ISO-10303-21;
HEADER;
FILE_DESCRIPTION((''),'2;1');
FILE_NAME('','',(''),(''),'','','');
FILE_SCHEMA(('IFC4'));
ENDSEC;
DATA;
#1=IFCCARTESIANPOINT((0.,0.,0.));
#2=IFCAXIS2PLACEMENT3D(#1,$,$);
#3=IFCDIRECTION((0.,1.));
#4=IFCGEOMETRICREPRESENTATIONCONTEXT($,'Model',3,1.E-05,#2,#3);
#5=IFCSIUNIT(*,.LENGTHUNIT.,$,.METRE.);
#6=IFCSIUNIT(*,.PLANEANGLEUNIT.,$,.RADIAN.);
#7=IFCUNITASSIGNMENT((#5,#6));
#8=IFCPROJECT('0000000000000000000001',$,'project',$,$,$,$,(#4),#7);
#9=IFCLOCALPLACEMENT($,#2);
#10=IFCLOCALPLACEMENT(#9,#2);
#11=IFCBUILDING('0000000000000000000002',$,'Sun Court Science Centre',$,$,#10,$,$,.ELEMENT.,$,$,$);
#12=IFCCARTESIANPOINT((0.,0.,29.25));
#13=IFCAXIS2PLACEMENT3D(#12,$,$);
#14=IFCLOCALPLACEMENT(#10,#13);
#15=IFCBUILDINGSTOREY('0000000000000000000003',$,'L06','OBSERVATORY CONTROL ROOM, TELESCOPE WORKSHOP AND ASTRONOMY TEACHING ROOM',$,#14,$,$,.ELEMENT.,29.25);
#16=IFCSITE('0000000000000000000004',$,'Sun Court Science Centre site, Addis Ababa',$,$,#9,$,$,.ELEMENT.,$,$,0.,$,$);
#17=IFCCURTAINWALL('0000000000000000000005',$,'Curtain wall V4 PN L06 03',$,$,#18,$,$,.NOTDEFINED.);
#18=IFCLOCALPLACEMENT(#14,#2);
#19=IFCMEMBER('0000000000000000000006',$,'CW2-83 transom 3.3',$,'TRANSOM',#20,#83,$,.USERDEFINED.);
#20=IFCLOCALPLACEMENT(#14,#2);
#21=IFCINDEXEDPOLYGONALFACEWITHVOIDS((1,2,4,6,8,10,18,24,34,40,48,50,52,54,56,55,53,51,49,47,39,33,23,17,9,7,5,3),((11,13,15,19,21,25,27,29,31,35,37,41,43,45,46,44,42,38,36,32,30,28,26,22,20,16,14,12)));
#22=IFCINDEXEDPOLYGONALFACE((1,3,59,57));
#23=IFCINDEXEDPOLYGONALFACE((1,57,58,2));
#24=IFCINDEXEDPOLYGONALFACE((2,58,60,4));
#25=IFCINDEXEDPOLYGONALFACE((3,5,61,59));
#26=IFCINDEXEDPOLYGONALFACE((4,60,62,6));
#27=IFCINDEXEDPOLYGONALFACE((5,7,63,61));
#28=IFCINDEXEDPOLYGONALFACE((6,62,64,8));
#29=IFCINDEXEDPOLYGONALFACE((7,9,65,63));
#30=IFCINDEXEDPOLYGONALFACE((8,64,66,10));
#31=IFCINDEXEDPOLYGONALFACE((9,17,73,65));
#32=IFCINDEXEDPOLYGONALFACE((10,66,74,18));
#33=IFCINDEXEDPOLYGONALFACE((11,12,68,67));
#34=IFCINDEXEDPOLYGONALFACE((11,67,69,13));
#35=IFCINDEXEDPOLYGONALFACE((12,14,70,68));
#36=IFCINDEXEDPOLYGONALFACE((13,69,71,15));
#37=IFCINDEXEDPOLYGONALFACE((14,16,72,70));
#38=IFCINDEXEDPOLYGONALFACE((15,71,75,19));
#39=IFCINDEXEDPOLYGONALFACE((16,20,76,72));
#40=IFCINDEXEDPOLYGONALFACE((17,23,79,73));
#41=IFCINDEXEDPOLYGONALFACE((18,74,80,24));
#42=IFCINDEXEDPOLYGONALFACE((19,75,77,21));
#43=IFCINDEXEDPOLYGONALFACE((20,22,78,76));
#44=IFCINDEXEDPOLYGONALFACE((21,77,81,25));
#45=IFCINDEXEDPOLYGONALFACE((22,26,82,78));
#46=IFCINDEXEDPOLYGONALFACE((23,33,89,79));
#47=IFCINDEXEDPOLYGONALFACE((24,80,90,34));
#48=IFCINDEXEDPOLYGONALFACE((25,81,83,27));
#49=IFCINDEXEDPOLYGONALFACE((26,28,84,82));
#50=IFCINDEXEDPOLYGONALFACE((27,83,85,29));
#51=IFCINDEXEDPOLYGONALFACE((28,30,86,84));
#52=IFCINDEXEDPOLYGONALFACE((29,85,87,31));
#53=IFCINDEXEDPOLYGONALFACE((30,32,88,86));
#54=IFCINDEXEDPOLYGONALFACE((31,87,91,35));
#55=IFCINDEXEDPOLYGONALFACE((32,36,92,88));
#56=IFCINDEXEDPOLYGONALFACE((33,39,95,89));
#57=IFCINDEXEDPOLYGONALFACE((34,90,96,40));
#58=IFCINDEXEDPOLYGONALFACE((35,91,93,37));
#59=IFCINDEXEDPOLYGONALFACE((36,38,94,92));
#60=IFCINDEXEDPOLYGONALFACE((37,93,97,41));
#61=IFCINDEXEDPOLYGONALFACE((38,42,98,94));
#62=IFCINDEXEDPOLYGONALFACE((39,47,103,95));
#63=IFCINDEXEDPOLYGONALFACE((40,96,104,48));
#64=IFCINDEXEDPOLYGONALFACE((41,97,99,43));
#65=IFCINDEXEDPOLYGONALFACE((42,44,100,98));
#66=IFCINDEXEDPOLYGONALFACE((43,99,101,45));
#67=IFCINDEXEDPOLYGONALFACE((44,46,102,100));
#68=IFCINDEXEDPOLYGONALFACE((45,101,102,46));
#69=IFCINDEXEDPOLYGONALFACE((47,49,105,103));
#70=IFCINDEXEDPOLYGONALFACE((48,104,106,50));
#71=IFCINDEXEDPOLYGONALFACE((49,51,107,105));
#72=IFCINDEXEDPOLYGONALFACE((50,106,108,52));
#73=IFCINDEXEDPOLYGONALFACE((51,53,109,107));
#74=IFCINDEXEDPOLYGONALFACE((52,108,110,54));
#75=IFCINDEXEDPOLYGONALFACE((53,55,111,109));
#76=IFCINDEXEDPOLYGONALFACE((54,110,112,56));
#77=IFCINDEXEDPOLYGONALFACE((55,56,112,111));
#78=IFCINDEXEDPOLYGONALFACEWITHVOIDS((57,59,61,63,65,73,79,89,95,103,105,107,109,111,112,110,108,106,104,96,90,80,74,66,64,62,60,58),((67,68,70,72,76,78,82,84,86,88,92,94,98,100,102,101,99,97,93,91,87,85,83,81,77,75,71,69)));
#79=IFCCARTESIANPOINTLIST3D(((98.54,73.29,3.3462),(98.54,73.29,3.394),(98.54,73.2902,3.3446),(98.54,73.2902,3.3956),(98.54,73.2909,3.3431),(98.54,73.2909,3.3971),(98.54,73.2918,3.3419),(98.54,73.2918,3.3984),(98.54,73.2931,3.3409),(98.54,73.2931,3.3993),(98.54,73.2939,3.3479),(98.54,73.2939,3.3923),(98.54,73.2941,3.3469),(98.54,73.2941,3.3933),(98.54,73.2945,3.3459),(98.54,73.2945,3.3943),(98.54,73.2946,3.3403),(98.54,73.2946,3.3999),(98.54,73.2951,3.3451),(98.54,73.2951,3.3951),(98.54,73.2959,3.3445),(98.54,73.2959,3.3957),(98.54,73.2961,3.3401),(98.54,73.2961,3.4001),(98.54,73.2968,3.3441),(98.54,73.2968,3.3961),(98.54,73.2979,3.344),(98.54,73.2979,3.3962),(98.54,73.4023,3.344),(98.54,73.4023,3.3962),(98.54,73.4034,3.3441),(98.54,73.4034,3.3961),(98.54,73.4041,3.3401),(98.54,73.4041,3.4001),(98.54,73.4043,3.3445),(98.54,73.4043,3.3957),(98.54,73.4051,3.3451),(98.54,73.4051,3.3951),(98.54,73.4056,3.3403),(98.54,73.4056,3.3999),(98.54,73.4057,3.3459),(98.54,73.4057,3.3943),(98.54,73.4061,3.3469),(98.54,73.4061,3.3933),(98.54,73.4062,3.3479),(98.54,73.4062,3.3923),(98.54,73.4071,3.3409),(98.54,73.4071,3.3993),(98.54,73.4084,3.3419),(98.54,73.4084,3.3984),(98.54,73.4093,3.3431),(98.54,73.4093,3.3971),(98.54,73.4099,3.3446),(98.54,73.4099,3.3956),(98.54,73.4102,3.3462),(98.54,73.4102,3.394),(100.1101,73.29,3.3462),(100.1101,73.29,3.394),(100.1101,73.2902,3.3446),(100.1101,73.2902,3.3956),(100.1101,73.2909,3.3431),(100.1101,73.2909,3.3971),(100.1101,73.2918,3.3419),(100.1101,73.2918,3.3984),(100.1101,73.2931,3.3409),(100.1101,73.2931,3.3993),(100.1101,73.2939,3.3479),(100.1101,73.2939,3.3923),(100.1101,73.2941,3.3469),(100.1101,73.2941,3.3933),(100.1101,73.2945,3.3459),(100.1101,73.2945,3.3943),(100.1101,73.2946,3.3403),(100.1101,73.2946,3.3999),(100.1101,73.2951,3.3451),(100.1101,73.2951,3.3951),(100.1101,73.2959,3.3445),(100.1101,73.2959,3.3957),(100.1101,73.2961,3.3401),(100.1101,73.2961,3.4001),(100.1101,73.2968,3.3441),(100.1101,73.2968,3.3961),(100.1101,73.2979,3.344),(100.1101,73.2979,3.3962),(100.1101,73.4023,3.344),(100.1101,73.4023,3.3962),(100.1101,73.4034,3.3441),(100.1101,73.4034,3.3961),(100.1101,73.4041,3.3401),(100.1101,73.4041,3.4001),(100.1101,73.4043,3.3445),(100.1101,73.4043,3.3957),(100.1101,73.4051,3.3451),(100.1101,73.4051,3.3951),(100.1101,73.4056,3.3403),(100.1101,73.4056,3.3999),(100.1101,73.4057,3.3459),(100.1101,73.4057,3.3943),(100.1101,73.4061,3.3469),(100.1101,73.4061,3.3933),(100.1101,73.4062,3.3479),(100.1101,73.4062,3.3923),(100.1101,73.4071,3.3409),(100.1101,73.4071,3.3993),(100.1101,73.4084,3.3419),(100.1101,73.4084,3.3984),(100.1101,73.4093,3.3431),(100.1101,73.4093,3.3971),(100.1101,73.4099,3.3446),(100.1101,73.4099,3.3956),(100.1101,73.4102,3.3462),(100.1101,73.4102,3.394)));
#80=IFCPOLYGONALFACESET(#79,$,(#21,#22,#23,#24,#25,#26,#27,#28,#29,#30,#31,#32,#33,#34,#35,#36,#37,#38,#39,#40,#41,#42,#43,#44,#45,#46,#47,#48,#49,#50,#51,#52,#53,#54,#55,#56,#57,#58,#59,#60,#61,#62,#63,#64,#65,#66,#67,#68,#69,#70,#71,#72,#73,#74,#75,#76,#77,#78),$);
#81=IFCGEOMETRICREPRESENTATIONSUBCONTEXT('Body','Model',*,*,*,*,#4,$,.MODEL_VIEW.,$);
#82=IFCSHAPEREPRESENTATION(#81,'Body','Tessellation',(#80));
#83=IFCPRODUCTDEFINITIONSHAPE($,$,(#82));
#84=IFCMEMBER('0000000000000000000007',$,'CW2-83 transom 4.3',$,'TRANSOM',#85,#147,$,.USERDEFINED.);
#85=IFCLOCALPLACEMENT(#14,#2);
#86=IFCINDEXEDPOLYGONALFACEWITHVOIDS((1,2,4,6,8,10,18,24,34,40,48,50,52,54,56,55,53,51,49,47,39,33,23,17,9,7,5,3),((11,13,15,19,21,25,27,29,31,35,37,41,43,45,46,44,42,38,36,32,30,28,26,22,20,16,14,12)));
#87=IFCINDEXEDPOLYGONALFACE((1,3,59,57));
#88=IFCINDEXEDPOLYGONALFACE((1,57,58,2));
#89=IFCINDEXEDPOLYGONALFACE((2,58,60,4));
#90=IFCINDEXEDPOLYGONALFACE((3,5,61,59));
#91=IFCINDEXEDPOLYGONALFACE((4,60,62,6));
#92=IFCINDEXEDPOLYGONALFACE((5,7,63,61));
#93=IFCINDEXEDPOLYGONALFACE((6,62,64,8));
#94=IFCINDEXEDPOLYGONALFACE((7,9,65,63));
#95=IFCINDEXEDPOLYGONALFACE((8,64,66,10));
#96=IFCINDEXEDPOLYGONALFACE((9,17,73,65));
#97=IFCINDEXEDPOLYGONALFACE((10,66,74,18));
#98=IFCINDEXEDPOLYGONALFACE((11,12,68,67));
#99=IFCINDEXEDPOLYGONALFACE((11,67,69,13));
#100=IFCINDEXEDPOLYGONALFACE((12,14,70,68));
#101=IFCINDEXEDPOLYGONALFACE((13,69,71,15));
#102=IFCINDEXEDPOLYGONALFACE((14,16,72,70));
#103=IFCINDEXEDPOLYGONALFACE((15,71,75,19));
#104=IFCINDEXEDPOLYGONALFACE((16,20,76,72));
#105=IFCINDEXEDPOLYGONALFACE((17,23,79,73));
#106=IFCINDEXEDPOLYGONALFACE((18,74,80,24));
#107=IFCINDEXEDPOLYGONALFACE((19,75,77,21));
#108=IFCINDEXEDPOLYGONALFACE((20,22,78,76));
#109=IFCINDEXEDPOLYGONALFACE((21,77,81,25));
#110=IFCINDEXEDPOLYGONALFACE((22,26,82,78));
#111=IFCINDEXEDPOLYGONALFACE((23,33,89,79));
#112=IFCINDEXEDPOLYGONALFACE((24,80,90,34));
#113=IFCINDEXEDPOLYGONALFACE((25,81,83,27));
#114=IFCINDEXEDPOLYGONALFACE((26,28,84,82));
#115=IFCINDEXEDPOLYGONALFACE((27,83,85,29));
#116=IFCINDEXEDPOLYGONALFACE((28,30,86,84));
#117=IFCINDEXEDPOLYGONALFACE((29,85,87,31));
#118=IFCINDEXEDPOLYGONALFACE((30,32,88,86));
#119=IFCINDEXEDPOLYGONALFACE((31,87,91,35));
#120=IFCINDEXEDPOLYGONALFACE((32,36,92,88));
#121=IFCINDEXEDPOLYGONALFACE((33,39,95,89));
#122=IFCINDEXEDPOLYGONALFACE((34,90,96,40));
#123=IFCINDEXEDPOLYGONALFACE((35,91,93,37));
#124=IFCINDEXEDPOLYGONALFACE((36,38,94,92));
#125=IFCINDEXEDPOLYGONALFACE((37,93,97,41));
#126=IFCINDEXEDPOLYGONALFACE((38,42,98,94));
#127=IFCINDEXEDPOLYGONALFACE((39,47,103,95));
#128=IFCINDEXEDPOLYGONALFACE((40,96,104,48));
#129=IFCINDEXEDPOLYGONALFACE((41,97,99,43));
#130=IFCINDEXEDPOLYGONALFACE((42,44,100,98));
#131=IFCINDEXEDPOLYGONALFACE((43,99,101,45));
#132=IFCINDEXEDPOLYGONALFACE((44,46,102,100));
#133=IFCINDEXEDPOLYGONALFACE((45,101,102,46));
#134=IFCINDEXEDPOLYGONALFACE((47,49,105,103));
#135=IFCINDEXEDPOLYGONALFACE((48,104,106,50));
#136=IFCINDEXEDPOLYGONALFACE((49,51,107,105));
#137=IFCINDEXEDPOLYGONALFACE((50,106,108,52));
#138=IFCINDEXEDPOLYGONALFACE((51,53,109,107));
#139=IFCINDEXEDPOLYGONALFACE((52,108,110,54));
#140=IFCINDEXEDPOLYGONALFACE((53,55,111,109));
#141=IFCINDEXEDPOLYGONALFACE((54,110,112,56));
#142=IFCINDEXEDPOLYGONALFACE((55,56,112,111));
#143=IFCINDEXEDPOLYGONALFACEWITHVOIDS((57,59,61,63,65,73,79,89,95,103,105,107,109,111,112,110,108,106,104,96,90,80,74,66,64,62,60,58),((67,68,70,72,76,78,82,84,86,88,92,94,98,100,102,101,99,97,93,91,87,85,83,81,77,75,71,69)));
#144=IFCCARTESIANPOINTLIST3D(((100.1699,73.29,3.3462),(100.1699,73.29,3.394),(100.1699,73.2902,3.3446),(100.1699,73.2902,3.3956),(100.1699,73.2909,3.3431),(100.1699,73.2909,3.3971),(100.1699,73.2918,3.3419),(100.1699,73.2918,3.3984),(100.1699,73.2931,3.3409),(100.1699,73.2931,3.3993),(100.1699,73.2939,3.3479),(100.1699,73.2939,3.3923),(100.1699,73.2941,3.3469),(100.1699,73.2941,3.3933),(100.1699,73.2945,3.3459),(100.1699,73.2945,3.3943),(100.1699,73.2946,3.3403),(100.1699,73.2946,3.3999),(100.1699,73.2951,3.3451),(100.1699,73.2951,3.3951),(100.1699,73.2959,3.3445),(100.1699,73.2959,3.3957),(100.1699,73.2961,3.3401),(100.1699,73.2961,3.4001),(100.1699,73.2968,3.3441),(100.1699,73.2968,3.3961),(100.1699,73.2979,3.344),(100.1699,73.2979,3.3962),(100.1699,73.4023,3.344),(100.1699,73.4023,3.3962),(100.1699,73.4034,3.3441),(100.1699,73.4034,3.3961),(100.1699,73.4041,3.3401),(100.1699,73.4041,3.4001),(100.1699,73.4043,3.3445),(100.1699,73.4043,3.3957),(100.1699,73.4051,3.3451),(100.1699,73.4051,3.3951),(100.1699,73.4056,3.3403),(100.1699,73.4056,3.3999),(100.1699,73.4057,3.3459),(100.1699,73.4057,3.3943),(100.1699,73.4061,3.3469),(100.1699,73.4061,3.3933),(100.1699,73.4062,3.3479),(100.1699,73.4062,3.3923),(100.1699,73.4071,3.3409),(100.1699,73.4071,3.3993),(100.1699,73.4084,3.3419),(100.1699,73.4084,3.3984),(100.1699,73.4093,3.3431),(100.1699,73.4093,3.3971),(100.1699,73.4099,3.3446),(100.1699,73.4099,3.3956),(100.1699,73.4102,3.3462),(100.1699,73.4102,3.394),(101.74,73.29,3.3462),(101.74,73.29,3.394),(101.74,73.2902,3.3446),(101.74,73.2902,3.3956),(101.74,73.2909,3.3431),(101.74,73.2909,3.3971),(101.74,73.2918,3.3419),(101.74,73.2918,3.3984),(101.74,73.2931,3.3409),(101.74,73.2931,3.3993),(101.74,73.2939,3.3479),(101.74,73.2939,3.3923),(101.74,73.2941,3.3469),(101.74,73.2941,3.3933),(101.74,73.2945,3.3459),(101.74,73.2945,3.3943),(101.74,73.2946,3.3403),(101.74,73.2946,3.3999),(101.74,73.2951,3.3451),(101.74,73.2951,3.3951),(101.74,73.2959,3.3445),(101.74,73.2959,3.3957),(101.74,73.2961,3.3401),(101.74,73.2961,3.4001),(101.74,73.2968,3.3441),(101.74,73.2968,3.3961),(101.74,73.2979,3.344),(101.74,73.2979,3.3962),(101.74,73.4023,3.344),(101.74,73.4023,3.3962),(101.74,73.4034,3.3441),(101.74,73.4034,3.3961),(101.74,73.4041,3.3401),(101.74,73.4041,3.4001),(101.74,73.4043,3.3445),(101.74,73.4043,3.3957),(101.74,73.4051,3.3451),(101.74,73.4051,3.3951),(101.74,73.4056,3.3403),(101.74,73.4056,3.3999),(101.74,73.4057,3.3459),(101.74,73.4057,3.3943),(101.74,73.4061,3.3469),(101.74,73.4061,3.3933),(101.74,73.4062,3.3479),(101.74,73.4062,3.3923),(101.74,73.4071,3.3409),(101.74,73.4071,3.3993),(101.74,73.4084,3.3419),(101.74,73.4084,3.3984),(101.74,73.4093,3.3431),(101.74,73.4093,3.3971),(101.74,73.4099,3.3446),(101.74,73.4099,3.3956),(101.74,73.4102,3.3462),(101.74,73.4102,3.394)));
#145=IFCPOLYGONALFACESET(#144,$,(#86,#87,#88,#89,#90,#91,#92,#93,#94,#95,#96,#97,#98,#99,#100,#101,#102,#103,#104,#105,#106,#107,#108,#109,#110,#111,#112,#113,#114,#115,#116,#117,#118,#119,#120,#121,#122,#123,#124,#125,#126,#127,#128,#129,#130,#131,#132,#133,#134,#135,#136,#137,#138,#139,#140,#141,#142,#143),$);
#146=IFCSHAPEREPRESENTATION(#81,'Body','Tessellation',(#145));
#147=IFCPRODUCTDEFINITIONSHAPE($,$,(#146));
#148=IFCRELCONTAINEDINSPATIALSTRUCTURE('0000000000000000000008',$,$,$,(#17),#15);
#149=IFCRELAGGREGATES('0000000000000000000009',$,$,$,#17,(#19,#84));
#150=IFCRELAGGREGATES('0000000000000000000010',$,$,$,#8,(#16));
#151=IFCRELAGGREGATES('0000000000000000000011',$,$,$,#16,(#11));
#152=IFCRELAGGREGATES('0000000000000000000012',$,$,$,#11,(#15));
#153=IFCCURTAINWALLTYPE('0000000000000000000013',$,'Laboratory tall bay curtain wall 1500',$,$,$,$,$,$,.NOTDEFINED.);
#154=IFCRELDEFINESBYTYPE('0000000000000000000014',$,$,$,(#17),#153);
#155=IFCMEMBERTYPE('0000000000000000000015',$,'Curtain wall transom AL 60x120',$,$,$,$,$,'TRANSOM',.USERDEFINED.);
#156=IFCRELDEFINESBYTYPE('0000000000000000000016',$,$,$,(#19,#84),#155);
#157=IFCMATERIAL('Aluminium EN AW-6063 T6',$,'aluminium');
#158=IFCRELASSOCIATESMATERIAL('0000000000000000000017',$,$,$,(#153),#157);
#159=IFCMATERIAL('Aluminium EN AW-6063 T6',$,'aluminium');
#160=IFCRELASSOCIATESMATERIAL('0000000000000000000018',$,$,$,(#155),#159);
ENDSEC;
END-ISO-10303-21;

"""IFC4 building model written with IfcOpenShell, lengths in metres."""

from ifc_helpers import new_model, si_unit, direction, frame, origin, origin_2d, place, context, subcontext, project, spatial, hollow_rectangle, extrude, material, material_profile, profile_set, type_object, element, aggregate, save


model = new_model("IFC4")

# Units and contexts
model_context = context("Model", 3, precision=1e-05, world=origin(), true_north=direction((0.0, 1.0)))
body_context = subcontext(model_context, "Body", "Model", "MODEL_VIEW")
ifc_project = project(units=[si_unit("LENGTHUNIT", "METRE"), si_unit("PLANEANGLEUNIT", "RADIAN")], contexts=[model_context])

# Site, building, storey
site_placement = place(None, origin())
site = spatial("IfcSite", under=ifc_project, at=site_placement, Name="Sun Court Science Centre site, Addis Ababa", CompositionType="ELEMENT", RefElevation=0.0)
building_placement = place(site_placement, origin())
building = spatial("IfcBuilding", under=site, at=building_placement, Name="Sun Court Science Centre", CompositionType="ELEMENT")
storey_placement = place(building_placement, frame((0.0, 0.0, 29.25)))
storey = spatial("IfcBuildingStorey", under=building, at=storey_placement, Name="L06", Description="OBSERVATORY CONTROL ROOM, TELESCOPE WORKSHOP AND ASTRONOMY TEACHING ROOM", CompositionType="ELEMENT", Elevation=29.25)

# Curtain wall, members
ifc_material_1 = material(Name="Aluminium EN AW-6063 T6", Category="aluminium")
curtain_wall_type = type_object("IfcCurtainWallType", Name="Laboratory tall bay curtain wall 1500", PredefinedType="NOTDEFINED", material=ifc_material_1)
curtain_wall_placement = place(storey_placement, origin())
curtain_wall = element("IfcCurtainWall", 1, at=curtain_wall_placement, inside=storey, type_object=curtain_wall_type, Name="Curtain wall V4 PN L06 03", PredefinedType="NOTDEFINED")
ifc_material_2 = material(Name="Aluminium EN AW-6063 T6", Category="aluminium")
ifc_material_profile_1 = material_profile(ifc_material_2, hollow_rectangle(XDim=0.0601, YDim=0.1201, WallThickness=0.0039, InnerFilletRadius=0.0039, OuterFilletRadius=0.0061, at=origin_2d()), Name="AL 60x120x4")
ifc_profile_set_1 = profile_set([ifc_material_profile_1], Name="Aluminium EN AW-6063 T6")
member_type_1 = type_object("IfcMemberType", Name="Curtain wall transom AL 60x120", ElementType="TRANSOM", PredefinedType="USERDEFINED", material=ifc_profile_set_1)
member_1_placement = place(storey_placement, frame((98.54, 73.3501, 3.3701), z_axis=(1.0, 0.0, 0.0), x_axis=(0.0, 0.0, 1.0)))
member_1 = element("IfcMember", 2, at=member_1_placement, type_object=member_type_1, Name="CW2-83 transom 3.3", ObjectType="TRANSOM", PredefinedType="USERDEFINED", context=body_context, shape_type="SweptSolid", body=[
    extrude(hollow_rectangle(XDim=0.0601, YDim=0.1201, WallThickness=0.0039, InnerFilletRadius=0.0039, OuterFilletRadius=0.0061, at=origin_2d()), origin(), (0.0, 0.0, 1.0), 1.5701),
])
member_2_placement = place(storey_placement, frame((100.1699, 73.3501, 3.3701), z_axis=(1.0, 0.0, 0.0), x_axis=(0.0, 0.0, 1.0)))
member_2 = element("IfcMember", 3, at=member_2_placement, type_object=member_type_1, Name="CW2-83 transom 4.3", ObjectType="TRANSOM", PredefinedType="USERDEFINED", context=body_context, shape_type="SweptSolid", body=[
    extrude(hollow_rectangle(XDim=0.0601, YDim=0.1201, WallThickness=0.0039, InnerFilletRadius=0.0039, OuterFilletRadius=0.0061, at=origin_2d()), origin(), (0.0, 0.0, 1.0), 1.5701),
])

aggregate(curtain_wall, [member_1, member_2])

save(model, "model.ifc")
